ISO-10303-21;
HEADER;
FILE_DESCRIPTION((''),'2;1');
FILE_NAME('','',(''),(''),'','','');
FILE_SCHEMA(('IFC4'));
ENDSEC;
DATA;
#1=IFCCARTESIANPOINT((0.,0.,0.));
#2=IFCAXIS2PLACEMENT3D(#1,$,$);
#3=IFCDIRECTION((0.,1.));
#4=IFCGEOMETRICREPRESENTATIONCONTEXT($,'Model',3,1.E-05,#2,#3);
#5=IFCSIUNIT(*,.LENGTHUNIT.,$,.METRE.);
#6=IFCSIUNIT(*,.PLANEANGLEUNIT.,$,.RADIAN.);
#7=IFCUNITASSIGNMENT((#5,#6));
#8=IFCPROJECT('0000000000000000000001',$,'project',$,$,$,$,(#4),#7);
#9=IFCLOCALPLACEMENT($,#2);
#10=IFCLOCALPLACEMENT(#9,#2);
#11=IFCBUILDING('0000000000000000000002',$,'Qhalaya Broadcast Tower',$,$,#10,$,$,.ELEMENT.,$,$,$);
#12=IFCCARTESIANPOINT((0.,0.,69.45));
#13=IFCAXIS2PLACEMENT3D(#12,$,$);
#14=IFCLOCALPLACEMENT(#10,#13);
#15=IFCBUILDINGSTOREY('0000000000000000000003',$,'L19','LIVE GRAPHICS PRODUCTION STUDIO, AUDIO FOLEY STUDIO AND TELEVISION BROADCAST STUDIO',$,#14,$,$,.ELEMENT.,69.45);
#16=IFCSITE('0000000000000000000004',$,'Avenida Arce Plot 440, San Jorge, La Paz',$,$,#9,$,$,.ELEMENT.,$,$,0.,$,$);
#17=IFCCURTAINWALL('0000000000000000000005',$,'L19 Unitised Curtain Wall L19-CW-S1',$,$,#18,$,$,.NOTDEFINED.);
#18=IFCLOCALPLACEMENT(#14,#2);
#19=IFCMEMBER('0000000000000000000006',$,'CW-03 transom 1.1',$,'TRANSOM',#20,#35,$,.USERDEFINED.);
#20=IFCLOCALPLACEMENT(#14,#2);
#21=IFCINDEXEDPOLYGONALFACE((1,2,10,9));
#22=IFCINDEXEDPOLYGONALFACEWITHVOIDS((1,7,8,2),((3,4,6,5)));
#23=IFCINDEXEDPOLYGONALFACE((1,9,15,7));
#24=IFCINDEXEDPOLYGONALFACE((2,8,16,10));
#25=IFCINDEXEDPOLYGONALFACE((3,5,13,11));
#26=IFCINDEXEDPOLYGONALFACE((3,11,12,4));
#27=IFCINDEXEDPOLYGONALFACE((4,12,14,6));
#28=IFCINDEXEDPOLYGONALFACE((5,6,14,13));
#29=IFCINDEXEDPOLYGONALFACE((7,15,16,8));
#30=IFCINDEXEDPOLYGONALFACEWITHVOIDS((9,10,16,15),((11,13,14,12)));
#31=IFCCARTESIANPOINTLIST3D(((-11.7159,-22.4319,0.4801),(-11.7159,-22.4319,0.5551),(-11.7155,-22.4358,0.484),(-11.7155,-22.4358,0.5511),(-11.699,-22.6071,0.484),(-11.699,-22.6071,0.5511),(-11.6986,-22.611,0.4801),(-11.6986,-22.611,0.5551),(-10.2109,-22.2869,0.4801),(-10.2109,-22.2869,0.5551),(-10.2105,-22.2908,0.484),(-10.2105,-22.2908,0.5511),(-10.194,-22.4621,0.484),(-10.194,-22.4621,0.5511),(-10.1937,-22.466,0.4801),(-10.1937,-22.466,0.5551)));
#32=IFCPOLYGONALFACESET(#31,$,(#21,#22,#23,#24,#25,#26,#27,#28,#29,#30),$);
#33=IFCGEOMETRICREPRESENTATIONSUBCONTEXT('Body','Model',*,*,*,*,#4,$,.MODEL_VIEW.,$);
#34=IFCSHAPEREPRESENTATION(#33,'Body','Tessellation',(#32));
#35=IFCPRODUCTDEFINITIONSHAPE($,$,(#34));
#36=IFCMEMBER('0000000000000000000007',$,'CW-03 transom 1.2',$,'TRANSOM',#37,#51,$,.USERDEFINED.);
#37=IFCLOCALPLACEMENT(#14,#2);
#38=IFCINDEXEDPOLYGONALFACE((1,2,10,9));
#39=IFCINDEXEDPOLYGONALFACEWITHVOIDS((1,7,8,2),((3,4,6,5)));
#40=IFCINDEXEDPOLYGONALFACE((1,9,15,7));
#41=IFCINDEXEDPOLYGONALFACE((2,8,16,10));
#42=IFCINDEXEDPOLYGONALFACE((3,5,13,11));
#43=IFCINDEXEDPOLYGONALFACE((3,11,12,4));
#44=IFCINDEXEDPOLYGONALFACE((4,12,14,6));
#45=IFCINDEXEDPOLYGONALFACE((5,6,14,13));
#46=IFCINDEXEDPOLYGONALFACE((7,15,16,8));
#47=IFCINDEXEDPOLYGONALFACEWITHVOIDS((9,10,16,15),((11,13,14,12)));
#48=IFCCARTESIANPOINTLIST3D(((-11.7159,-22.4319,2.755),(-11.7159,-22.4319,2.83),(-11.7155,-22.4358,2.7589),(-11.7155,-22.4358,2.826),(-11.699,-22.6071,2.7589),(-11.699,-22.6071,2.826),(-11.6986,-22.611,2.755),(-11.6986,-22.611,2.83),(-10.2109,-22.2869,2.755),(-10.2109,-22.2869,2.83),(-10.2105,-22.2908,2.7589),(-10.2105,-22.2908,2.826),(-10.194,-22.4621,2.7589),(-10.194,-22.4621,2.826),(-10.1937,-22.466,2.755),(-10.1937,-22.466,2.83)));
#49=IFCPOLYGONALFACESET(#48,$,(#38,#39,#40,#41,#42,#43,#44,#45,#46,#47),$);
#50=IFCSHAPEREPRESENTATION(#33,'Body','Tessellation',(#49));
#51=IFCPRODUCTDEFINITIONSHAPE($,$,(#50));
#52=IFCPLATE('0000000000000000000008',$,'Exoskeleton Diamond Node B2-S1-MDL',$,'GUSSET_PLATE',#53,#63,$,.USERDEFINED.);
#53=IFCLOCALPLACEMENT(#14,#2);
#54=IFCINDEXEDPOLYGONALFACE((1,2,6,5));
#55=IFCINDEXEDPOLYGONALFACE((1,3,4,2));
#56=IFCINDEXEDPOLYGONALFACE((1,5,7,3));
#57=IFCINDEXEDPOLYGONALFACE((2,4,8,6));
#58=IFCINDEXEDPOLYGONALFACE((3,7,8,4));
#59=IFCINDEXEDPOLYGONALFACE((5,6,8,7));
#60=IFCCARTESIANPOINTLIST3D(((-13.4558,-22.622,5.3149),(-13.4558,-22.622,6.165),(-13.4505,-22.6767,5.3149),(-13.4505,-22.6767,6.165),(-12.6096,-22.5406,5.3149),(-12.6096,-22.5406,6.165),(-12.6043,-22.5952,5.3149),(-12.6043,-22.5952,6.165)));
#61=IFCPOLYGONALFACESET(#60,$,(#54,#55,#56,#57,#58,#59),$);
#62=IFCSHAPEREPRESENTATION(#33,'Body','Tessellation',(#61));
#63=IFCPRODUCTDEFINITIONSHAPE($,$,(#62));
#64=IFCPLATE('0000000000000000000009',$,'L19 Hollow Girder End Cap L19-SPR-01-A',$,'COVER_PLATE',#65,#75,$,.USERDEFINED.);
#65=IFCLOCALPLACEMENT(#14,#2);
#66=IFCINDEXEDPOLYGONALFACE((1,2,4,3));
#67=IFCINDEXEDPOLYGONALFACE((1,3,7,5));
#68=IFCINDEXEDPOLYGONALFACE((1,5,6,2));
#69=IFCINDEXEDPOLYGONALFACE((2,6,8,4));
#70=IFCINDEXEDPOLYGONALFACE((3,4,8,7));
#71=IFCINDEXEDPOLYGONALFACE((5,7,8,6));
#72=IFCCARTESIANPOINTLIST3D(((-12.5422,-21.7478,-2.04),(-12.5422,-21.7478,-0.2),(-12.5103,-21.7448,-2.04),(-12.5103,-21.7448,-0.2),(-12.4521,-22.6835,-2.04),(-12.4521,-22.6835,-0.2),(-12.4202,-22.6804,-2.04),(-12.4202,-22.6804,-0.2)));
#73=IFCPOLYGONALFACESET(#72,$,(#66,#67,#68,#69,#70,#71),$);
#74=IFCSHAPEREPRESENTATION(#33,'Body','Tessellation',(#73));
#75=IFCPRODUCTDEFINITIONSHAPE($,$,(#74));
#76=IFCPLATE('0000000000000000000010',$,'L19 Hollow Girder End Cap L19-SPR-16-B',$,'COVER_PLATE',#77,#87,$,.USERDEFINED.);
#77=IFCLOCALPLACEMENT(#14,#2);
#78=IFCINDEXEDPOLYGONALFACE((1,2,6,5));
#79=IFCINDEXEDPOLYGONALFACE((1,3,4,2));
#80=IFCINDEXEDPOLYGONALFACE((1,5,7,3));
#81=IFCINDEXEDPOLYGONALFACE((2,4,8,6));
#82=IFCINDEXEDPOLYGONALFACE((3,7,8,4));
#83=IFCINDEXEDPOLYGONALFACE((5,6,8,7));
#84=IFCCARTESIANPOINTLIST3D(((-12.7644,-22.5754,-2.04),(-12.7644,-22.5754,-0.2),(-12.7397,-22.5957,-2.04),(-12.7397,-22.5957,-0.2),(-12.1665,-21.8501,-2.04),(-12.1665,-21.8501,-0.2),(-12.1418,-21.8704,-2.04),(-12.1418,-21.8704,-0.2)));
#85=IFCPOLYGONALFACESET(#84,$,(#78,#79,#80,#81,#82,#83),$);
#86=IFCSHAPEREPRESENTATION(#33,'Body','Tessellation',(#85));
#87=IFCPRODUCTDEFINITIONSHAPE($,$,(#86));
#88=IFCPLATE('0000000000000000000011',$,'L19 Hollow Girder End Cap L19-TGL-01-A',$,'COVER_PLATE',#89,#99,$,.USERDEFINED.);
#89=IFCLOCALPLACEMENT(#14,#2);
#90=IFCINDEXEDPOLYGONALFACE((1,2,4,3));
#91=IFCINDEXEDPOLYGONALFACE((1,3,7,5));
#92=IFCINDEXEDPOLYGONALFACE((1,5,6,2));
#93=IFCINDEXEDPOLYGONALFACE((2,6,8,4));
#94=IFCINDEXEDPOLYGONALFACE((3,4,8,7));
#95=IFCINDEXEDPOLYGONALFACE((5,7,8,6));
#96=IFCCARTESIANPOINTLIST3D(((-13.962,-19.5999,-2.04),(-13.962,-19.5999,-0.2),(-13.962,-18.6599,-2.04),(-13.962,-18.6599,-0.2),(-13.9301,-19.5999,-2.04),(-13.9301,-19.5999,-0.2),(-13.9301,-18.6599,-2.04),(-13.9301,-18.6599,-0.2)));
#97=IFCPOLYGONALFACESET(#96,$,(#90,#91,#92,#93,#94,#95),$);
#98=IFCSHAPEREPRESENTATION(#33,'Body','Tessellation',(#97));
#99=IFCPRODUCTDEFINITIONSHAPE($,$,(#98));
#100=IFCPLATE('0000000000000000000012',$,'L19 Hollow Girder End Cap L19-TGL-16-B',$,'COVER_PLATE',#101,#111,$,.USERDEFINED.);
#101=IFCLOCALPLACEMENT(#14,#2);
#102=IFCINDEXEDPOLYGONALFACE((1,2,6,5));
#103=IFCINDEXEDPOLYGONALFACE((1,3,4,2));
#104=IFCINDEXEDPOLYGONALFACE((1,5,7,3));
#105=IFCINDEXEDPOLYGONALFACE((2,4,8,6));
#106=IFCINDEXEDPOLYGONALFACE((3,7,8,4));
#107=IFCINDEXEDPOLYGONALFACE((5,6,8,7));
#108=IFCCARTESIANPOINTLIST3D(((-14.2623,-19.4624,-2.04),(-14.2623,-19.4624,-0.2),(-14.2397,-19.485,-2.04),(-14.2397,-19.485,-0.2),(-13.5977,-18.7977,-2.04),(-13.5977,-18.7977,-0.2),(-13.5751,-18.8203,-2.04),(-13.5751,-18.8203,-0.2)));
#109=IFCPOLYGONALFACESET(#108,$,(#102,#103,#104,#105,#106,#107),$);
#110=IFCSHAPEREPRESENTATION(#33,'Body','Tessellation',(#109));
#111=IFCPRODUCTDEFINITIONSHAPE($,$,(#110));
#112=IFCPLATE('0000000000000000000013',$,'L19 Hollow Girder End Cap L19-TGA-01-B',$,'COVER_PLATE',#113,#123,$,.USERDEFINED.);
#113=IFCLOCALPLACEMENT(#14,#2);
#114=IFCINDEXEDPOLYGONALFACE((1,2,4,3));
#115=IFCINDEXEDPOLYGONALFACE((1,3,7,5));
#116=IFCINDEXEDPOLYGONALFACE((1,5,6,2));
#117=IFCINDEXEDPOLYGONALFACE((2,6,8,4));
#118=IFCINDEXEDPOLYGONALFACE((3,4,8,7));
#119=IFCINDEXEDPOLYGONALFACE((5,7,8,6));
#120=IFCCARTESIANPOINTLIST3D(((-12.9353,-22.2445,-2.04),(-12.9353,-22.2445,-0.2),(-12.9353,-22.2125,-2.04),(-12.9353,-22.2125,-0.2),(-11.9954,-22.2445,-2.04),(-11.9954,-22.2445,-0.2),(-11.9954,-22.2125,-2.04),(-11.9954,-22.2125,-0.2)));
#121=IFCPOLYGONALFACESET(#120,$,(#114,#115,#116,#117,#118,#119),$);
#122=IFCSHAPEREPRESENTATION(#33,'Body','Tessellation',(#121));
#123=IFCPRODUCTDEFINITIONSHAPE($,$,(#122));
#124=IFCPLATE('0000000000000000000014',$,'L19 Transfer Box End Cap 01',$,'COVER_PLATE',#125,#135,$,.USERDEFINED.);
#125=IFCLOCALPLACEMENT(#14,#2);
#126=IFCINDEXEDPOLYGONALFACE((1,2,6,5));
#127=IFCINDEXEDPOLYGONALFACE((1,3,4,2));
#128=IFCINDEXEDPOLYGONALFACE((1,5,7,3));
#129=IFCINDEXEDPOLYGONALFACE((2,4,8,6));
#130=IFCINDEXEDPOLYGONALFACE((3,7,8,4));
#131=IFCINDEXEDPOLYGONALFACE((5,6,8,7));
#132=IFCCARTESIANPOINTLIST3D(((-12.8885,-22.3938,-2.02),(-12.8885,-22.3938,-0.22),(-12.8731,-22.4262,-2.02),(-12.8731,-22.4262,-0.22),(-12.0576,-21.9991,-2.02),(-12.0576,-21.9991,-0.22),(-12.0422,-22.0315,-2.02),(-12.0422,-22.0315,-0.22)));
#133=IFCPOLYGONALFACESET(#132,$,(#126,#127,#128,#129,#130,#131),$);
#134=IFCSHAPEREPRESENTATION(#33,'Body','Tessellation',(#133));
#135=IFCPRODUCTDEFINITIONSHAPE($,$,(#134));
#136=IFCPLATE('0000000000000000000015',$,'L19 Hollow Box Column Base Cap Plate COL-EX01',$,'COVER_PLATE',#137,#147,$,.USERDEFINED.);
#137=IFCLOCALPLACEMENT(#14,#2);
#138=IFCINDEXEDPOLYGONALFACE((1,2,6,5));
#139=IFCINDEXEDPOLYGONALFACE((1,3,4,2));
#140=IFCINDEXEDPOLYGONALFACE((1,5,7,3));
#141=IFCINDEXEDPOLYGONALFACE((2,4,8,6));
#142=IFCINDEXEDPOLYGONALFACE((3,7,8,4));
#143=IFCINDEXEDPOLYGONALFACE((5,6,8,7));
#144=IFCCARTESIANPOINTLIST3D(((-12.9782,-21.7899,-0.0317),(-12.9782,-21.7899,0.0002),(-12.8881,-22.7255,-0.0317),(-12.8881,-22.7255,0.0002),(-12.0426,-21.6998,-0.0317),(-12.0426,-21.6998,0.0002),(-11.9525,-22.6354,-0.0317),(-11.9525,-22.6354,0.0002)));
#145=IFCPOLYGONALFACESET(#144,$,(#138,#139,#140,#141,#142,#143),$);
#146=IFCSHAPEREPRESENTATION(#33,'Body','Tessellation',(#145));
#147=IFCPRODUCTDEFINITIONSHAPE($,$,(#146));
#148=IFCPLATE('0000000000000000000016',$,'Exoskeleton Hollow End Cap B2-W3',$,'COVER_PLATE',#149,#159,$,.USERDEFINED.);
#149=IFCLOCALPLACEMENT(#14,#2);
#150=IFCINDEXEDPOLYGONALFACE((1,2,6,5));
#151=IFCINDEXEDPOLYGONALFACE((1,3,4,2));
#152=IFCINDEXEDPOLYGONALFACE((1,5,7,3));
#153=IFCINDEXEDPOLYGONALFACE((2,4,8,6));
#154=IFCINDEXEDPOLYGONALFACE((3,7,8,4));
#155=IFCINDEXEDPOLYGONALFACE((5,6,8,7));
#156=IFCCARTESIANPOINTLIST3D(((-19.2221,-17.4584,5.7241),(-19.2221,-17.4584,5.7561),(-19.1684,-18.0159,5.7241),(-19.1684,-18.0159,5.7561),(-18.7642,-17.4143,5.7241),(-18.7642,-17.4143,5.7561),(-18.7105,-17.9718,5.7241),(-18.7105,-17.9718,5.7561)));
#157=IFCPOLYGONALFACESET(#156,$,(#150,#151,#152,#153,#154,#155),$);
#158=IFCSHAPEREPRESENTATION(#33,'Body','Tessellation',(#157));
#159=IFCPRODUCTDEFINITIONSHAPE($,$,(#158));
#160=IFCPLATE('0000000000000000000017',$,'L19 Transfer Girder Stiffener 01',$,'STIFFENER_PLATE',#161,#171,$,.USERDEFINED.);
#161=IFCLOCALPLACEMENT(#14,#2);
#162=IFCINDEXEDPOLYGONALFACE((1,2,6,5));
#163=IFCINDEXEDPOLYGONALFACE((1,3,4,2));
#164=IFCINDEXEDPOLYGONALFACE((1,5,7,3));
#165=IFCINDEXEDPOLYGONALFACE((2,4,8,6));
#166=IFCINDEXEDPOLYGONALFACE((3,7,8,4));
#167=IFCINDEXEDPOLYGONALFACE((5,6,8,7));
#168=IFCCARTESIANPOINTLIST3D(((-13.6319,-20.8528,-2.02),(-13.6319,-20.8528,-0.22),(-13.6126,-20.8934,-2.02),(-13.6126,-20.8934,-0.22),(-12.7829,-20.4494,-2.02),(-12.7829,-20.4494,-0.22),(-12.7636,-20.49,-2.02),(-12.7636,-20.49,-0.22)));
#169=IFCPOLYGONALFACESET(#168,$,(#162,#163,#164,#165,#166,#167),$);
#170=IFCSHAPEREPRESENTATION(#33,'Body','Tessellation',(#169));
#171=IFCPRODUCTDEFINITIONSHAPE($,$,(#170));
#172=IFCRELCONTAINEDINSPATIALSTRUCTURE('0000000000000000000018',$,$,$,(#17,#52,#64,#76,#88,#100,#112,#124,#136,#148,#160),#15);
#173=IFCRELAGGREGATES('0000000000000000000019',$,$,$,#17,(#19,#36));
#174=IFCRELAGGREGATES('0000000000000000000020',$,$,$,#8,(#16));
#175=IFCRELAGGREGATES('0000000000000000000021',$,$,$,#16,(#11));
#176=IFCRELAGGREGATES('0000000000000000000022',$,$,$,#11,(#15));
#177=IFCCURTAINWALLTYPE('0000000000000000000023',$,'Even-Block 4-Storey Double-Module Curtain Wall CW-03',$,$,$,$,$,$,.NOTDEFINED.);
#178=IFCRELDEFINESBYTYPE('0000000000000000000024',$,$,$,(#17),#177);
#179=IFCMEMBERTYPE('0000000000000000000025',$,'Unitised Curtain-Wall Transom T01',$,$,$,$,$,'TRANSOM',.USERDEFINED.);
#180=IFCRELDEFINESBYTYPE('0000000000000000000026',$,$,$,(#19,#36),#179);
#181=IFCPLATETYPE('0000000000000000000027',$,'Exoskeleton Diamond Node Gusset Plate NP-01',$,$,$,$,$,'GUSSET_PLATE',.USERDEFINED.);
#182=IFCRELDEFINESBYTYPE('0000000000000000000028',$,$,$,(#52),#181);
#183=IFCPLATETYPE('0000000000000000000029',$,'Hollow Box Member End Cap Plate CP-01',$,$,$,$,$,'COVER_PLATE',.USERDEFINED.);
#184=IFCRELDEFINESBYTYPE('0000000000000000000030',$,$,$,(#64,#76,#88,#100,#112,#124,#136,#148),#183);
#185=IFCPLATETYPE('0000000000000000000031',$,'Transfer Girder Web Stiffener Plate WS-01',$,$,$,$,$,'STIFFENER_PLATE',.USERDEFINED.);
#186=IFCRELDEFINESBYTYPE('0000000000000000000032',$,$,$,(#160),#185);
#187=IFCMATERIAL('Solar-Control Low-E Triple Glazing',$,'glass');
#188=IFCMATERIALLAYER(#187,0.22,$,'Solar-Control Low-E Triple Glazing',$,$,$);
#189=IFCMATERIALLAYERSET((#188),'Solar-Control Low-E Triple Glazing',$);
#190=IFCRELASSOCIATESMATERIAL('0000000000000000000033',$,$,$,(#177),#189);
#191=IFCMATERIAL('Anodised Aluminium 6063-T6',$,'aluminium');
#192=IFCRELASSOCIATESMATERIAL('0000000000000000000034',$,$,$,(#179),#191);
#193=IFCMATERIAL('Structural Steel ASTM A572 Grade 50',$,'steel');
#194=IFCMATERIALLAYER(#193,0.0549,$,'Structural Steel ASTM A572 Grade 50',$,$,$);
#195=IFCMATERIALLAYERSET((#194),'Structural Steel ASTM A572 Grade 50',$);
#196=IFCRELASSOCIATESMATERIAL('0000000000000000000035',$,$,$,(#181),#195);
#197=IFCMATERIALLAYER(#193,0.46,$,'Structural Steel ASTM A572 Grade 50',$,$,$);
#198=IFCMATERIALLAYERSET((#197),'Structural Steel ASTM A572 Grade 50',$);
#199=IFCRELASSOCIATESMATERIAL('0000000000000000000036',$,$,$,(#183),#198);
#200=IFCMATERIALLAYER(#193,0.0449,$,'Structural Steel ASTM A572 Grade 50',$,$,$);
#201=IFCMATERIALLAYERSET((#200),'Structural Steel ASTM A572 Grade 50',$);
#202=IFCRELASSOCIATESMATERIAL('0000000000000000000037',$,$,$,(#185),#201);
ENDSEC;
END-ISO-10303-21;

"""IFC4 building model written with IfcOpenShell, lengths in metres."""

from ifc_helpers import new_model, si_unit, direction, frame, origin, origin_2d, place, context, subcontext, project, spatial, rectangle, hollow_rectangle, extrude, material, layer, layer_set, material_profile, profile_set, type_object, element, aggregate, save


model = new_model("IFC4")

# Units and contexts
model_context = context("Model", 3, precision=1e-05, world=origin(), true_north=direction((0.0, 1.0)))
body_context = subcontext(model_context, "Body", "Model", "MODEL_VIEW")
ifc_project = project(units=[si_unit("LENGTHUNIT", "METRE"), si_unit("PLANEANGLEUNIT", "RADIAN")], contexts=[model_context])

# Site, building, storey
site_placement = place(None, origin())
site = spatial("IfcSite", under=ifc_project, at=site_placement, Name="Avenida Arce Plot 440, San Jorge, La Paz", CompositionType="ELEMENT", RefElevation=0.0)
building_placement = place(site_placement, origin())
building = spatial("IfcBuilding", under=site, at=building_placement, Name="Qhalaya Broadcast Tower", CompositionType="ELEMENT")
storey_placement = place(building_placement, frame((0.0, 0.0, 69.45)))
storey = spatial("IfcBuildingStorey", under=building, at=storey_placement, Name="L19", Description="LIVE GRAPHICS PRODUCTION STUDIO, AUDIO FOLEY STUDIO AND TELEVISION BROADCAST STUDIO", CompositionType="ELEMENT", Elevation=69.45)

# Shared definitions
ifc_material_1 = material(Name="Structural Steel ASTM A572 Grade 50", Category="steel")

# Curtain wall, members
ifc_material_2 = material(Name="Solar-Control Low-E Triple Glazing", Category="glass")
ifc_layer_1 = layer(ifc_material_2, 0.22, Name="Solar-Control Low-E Triple Glazing")
ifc_layer_set_1 = layer_set([ifc_layer_1], Name="Solar-Control Low-E Triple Glazing")
curtain_wall_type = type_object("IfcCurtainWallType", Name="Even-Block 4-Storey Double-Module Curtain Wall CW-03", PredefinedType="NOTDEFINED", material=ifc_layer_set_1)
curtain_wall_placement = place(storey_placement, origin())
curtain_wall = element("IfcCurtainWall", 1, at=curtain_wall_placement, inside=storey, type_object=curtain_wall_type, Name="L19 Unitised Curtain Wall L19-CW-S1", PredefinedType="NOTDEFINED")
ifc_material_3 = material(Name="Anodised Aluminium 6063-T6", Category="aluminium")
ifc_material_profile_1 = material_profile(ifc_material_3, hollow_rectangle(XDim=0.075, YDim=0.1799, WallThickness=0.0039, at=origin_2d()), Name="ALU-TRN 75x180x4")
ifc_profile_set_1 = profile_set([ifc_material_profile_1], Name="Anodised Aluminium 6063-T6")
member_type_1 = type_object("IfcMemberType", Name="Unitised Curtain-Wall Transom T01", ElementType="TRANSOM", PredefinedType="USERDEFINED", material=ifc_profile_set_1)
member_1_placement = place(storey_placement, frame((-11.7073, -22.5215, 0.5176), z_axis=(0.995389, 0.095922, 0.0), x_axis=(0.0, 0.0, 1.0)))
member_1 = element("IfcMember", 2, at=member_1_placement, type_object=member_type_1, Name="CW-03 transom 1.1", ObjectType="TRANSOM", PredefinedType="USERDEFINED", context=body_context, shape_type="SweptSolid", body=[
    extrude(hollow_rectangle(XDim=0.075, YDim=0.1799, WallThickness=0.0039, at=origin_2d()), origin(), (0.0, 0.0, 1.0), 1.512),
])
member_2_placement = place(storey_placement, frame((-11.7073, -22.5215, 2.7925), z_axis=(0.995389, 0.095922, 0.0), x_axis=(0.0, 0.0, 1.0)))
member_2 = element("IfcMember", 3, at=member_2_placement, type_object=member_type_1, Name="CW-03 transom 1.2", ObjectType="TRANSOM", PredefinedType="USERDEFINED", context=body_context, shape_type="SweptSolid", body=[
    extrude(hollow_rectangle(XDim=0.075, YDim=0.1799, WallThickness=0.0039, at=origin_2d()), origin(), (0.0, 0.0, 1.0), 1.512),
])
aggregate(curtain_wall, [member_1, member_2])

# Plates
ifc_layer_2 = layer(ifc_material_1, 0.0549, Name="Structural Steel ASTM A572 Grade 50")
ifc_layer_set_2 = layer_set([ifc_layer_2], Name="Structural Steel ASTM A572 Grade 50")
plate_type_1 = type_object("IfcPlateType", Name="Exoskeleton Diamond Node Gusset Plate NP-01", ElementType="GUSSET_PLATE", PredefinedType="USERDEFINED", material=ifc_layer_set_2)
plate_1_placement = place(storey_placement, frame((-13.03, -22.6086, 5.3149), z_axis=(0.0, 0.0, 1.0), x_axis=(0.995396, 0.095846, 0.0)))
element("IfcPlate", 4, at=plate_1_placement, inside=storey, type_object=plate_type_1, Name="Exoskeleton Diamond Node B2-S1-MDL", ObjectType="GUSSET_PLATE", PredefinedType="USERDEFINED", context=body_context, shape_type="SweptSolid", body=[
    extrude(rectangle(XDim=0.8501, YDim=0.0549, at=origin_2d()), origin(), (0.0, 0.0, 1.0), 0.8501),
])
ifc_layer_3 = layer(ifc_material_1, 0.46, Name="Structural Steel ASTM A572 Grade 50")
ifc_layer_set_3 = layer_set([ifc_layer_3], Name="Structural Steel ASTM A572 Grade 50")
plate_type_2 = type_object("IfcPlateType", Name="Hollow Box Member End Cap Plate CP-01", ElementType="COVER_PLATE", PredefinedType="USERDEFINED", material=ifc_layer_set_3)
for number, where, z_axis, x_axis, name in (
    (5, (-12.4812, -22.2141, -2.04), (0.0, 0.0, 1.0), (-0.095846, 0.995396, 0.0), "L19 Hollow Girder End Cap L19-SPR-01-A"),
    (6, (-12.4531, -22.2229, -2.04), (0.0, 0.0, 1.0), (0.636078, 0.771625, 0.0), "L19 Hollow Girder End Cap L19-SPR-16-B"),
    (7, (-13.946, -19.1299, -2.04), (0.0, 0.0, 1.0), (0.0, 1.0, 0.0), "L19 Hollow Girder End Cap L19-TGL-01-A"),
    (8, (-13.9187, -19.1414, -2.04), (0.0, 0.0, 1.0), (0.707107, 0.707107, 0.0), "L19 Hollow Girder End Cap L19-TGL-16-B"),
    (9, (-12.4653, -22.2285, -2.04), (0.0, 0.0, 1.0), (1.0, 0.0, 0.0), "L19 Hollow Girder End Cap L19-TGA-01-B"),
):
    element("IfcPlate", number, at=place(storey_placement, frame(where, z_axis=z_axis, x_axis=x_axis)), inside=storey, type_object=plate_type_2, Name=name, ObjectType="COVER_PLATE", PredefinedType="USERDEFINED", context=body_context, shape_type="SweptSolid", body=[
        extrude(rectangle(XDim=0.9399, YDim=0.032, at=origin_2d()), origin(), (0.0, 0.0, 1.0), 1.8401),
    ])
plate_2_placement = place(storey_placement, frame((-12.4653, -22.2126, -2.02), z_axis=(0.0, 0.0, 1.0), x_axis=(0.903238, 0.42914, 0.0)))
element("IfcPlate", 10, at=plate_2_placement, inside=storey, type_object=plate_type_2, Name="L19 Transfer Box End Cap 01", ObjectType="COVER_PLATE", PredefinedType="USERDEFINED", context=body_context, shape_type="SweptSolid", body=[
    extrude(rectangle(XDim=0.9199, YDim=0.0359, at=origin_2d()), origin(), (0.0, 0.0, 1.0), 1.8),
])
plate_3_placement = place(storey_placement, frame((-12.4653, -22.2126, -0.0317), z_axis=(0.0, 0.0, 1.0), x_axis=(0.995396, 0.095846, 0.0)))
element("IfcPlate", 11, at=plate_3_placement, inside=storey, type_object=plate_type_2, Name="L19 Hollow Box Column Base Cap Plate COL-EX01", ObjectType="COVER_PLATE", PredefinedType="USERDEFINED", context=body_context, shape_type="SweptSolid", body=[
    extrude(rectangle(XDim=0.9399, YDim=0.9399, at=origin_2d()), origin(), (0.0, 0.0, 1.0), 0.032),
])
plate_4_placement = place(storey_placement, frame((-18.9663, -17.7151, 5.7241), z_axis=(0.0, 0.0, 1.0), x_axis=(-0.095846, 0.995396, 0.0)))
element("IfcPlate", 12, at=plate_4_placement, inside=storey, type_object=plate_type_2, Name="Exoskeleton Hollow End Cap B2-W3", ObjectType="COVER_PLATE", PredefinedType="USERDEFINED", context=body_context, shape_type="SweptSolid", body=[
    extrude(rectangle(XDim=0.5601, YDim=0.46, at=origin_2d()), origin(), (0.0, 0.0, 1.0), 0.032),
])
ifc_layer_4 = layer(ifc_material_1, 0.0449, Name="Structural Steel ASTM A572 Grade 50")
ifc_layer_set_4 = layer_set([ifc_layer_4], Name="Structural Steel ASTM A572 Grade 50")
plate_type_3 = type_object("IfcPlateType", Name="Transfer Girder Web Stiffener Plate WS-01", ElementType="STIFFENER_PLATE", PredefinedType="USERDEFINED", material=ifc_layer_set_4)
plate_5_placement = place(storey_placement, frame((-13.1978, -20.6714, -2.02), z_axis=(0.0, 0.0, 1.0), x_axis=(0.903238, 0.42914, 0.0)))
element("IfcPlate", 13, at=plate_5_placement, inside=storey, type_object=plate_type_3, Name="L19 Transfer Girder Stiffener 01", ObjectType="STIFFENER_PLATE", PredefinedType="USERDEFINED", context=body_context, shape_type="SweptSolid", body=[
    extrude(rectangle(XDim=0.9399, YDim=0.0449, at=origin_2d()), origin(), (0.0, 0.0, 1.0), 1.8),
])

save(model, "model.ifc")
